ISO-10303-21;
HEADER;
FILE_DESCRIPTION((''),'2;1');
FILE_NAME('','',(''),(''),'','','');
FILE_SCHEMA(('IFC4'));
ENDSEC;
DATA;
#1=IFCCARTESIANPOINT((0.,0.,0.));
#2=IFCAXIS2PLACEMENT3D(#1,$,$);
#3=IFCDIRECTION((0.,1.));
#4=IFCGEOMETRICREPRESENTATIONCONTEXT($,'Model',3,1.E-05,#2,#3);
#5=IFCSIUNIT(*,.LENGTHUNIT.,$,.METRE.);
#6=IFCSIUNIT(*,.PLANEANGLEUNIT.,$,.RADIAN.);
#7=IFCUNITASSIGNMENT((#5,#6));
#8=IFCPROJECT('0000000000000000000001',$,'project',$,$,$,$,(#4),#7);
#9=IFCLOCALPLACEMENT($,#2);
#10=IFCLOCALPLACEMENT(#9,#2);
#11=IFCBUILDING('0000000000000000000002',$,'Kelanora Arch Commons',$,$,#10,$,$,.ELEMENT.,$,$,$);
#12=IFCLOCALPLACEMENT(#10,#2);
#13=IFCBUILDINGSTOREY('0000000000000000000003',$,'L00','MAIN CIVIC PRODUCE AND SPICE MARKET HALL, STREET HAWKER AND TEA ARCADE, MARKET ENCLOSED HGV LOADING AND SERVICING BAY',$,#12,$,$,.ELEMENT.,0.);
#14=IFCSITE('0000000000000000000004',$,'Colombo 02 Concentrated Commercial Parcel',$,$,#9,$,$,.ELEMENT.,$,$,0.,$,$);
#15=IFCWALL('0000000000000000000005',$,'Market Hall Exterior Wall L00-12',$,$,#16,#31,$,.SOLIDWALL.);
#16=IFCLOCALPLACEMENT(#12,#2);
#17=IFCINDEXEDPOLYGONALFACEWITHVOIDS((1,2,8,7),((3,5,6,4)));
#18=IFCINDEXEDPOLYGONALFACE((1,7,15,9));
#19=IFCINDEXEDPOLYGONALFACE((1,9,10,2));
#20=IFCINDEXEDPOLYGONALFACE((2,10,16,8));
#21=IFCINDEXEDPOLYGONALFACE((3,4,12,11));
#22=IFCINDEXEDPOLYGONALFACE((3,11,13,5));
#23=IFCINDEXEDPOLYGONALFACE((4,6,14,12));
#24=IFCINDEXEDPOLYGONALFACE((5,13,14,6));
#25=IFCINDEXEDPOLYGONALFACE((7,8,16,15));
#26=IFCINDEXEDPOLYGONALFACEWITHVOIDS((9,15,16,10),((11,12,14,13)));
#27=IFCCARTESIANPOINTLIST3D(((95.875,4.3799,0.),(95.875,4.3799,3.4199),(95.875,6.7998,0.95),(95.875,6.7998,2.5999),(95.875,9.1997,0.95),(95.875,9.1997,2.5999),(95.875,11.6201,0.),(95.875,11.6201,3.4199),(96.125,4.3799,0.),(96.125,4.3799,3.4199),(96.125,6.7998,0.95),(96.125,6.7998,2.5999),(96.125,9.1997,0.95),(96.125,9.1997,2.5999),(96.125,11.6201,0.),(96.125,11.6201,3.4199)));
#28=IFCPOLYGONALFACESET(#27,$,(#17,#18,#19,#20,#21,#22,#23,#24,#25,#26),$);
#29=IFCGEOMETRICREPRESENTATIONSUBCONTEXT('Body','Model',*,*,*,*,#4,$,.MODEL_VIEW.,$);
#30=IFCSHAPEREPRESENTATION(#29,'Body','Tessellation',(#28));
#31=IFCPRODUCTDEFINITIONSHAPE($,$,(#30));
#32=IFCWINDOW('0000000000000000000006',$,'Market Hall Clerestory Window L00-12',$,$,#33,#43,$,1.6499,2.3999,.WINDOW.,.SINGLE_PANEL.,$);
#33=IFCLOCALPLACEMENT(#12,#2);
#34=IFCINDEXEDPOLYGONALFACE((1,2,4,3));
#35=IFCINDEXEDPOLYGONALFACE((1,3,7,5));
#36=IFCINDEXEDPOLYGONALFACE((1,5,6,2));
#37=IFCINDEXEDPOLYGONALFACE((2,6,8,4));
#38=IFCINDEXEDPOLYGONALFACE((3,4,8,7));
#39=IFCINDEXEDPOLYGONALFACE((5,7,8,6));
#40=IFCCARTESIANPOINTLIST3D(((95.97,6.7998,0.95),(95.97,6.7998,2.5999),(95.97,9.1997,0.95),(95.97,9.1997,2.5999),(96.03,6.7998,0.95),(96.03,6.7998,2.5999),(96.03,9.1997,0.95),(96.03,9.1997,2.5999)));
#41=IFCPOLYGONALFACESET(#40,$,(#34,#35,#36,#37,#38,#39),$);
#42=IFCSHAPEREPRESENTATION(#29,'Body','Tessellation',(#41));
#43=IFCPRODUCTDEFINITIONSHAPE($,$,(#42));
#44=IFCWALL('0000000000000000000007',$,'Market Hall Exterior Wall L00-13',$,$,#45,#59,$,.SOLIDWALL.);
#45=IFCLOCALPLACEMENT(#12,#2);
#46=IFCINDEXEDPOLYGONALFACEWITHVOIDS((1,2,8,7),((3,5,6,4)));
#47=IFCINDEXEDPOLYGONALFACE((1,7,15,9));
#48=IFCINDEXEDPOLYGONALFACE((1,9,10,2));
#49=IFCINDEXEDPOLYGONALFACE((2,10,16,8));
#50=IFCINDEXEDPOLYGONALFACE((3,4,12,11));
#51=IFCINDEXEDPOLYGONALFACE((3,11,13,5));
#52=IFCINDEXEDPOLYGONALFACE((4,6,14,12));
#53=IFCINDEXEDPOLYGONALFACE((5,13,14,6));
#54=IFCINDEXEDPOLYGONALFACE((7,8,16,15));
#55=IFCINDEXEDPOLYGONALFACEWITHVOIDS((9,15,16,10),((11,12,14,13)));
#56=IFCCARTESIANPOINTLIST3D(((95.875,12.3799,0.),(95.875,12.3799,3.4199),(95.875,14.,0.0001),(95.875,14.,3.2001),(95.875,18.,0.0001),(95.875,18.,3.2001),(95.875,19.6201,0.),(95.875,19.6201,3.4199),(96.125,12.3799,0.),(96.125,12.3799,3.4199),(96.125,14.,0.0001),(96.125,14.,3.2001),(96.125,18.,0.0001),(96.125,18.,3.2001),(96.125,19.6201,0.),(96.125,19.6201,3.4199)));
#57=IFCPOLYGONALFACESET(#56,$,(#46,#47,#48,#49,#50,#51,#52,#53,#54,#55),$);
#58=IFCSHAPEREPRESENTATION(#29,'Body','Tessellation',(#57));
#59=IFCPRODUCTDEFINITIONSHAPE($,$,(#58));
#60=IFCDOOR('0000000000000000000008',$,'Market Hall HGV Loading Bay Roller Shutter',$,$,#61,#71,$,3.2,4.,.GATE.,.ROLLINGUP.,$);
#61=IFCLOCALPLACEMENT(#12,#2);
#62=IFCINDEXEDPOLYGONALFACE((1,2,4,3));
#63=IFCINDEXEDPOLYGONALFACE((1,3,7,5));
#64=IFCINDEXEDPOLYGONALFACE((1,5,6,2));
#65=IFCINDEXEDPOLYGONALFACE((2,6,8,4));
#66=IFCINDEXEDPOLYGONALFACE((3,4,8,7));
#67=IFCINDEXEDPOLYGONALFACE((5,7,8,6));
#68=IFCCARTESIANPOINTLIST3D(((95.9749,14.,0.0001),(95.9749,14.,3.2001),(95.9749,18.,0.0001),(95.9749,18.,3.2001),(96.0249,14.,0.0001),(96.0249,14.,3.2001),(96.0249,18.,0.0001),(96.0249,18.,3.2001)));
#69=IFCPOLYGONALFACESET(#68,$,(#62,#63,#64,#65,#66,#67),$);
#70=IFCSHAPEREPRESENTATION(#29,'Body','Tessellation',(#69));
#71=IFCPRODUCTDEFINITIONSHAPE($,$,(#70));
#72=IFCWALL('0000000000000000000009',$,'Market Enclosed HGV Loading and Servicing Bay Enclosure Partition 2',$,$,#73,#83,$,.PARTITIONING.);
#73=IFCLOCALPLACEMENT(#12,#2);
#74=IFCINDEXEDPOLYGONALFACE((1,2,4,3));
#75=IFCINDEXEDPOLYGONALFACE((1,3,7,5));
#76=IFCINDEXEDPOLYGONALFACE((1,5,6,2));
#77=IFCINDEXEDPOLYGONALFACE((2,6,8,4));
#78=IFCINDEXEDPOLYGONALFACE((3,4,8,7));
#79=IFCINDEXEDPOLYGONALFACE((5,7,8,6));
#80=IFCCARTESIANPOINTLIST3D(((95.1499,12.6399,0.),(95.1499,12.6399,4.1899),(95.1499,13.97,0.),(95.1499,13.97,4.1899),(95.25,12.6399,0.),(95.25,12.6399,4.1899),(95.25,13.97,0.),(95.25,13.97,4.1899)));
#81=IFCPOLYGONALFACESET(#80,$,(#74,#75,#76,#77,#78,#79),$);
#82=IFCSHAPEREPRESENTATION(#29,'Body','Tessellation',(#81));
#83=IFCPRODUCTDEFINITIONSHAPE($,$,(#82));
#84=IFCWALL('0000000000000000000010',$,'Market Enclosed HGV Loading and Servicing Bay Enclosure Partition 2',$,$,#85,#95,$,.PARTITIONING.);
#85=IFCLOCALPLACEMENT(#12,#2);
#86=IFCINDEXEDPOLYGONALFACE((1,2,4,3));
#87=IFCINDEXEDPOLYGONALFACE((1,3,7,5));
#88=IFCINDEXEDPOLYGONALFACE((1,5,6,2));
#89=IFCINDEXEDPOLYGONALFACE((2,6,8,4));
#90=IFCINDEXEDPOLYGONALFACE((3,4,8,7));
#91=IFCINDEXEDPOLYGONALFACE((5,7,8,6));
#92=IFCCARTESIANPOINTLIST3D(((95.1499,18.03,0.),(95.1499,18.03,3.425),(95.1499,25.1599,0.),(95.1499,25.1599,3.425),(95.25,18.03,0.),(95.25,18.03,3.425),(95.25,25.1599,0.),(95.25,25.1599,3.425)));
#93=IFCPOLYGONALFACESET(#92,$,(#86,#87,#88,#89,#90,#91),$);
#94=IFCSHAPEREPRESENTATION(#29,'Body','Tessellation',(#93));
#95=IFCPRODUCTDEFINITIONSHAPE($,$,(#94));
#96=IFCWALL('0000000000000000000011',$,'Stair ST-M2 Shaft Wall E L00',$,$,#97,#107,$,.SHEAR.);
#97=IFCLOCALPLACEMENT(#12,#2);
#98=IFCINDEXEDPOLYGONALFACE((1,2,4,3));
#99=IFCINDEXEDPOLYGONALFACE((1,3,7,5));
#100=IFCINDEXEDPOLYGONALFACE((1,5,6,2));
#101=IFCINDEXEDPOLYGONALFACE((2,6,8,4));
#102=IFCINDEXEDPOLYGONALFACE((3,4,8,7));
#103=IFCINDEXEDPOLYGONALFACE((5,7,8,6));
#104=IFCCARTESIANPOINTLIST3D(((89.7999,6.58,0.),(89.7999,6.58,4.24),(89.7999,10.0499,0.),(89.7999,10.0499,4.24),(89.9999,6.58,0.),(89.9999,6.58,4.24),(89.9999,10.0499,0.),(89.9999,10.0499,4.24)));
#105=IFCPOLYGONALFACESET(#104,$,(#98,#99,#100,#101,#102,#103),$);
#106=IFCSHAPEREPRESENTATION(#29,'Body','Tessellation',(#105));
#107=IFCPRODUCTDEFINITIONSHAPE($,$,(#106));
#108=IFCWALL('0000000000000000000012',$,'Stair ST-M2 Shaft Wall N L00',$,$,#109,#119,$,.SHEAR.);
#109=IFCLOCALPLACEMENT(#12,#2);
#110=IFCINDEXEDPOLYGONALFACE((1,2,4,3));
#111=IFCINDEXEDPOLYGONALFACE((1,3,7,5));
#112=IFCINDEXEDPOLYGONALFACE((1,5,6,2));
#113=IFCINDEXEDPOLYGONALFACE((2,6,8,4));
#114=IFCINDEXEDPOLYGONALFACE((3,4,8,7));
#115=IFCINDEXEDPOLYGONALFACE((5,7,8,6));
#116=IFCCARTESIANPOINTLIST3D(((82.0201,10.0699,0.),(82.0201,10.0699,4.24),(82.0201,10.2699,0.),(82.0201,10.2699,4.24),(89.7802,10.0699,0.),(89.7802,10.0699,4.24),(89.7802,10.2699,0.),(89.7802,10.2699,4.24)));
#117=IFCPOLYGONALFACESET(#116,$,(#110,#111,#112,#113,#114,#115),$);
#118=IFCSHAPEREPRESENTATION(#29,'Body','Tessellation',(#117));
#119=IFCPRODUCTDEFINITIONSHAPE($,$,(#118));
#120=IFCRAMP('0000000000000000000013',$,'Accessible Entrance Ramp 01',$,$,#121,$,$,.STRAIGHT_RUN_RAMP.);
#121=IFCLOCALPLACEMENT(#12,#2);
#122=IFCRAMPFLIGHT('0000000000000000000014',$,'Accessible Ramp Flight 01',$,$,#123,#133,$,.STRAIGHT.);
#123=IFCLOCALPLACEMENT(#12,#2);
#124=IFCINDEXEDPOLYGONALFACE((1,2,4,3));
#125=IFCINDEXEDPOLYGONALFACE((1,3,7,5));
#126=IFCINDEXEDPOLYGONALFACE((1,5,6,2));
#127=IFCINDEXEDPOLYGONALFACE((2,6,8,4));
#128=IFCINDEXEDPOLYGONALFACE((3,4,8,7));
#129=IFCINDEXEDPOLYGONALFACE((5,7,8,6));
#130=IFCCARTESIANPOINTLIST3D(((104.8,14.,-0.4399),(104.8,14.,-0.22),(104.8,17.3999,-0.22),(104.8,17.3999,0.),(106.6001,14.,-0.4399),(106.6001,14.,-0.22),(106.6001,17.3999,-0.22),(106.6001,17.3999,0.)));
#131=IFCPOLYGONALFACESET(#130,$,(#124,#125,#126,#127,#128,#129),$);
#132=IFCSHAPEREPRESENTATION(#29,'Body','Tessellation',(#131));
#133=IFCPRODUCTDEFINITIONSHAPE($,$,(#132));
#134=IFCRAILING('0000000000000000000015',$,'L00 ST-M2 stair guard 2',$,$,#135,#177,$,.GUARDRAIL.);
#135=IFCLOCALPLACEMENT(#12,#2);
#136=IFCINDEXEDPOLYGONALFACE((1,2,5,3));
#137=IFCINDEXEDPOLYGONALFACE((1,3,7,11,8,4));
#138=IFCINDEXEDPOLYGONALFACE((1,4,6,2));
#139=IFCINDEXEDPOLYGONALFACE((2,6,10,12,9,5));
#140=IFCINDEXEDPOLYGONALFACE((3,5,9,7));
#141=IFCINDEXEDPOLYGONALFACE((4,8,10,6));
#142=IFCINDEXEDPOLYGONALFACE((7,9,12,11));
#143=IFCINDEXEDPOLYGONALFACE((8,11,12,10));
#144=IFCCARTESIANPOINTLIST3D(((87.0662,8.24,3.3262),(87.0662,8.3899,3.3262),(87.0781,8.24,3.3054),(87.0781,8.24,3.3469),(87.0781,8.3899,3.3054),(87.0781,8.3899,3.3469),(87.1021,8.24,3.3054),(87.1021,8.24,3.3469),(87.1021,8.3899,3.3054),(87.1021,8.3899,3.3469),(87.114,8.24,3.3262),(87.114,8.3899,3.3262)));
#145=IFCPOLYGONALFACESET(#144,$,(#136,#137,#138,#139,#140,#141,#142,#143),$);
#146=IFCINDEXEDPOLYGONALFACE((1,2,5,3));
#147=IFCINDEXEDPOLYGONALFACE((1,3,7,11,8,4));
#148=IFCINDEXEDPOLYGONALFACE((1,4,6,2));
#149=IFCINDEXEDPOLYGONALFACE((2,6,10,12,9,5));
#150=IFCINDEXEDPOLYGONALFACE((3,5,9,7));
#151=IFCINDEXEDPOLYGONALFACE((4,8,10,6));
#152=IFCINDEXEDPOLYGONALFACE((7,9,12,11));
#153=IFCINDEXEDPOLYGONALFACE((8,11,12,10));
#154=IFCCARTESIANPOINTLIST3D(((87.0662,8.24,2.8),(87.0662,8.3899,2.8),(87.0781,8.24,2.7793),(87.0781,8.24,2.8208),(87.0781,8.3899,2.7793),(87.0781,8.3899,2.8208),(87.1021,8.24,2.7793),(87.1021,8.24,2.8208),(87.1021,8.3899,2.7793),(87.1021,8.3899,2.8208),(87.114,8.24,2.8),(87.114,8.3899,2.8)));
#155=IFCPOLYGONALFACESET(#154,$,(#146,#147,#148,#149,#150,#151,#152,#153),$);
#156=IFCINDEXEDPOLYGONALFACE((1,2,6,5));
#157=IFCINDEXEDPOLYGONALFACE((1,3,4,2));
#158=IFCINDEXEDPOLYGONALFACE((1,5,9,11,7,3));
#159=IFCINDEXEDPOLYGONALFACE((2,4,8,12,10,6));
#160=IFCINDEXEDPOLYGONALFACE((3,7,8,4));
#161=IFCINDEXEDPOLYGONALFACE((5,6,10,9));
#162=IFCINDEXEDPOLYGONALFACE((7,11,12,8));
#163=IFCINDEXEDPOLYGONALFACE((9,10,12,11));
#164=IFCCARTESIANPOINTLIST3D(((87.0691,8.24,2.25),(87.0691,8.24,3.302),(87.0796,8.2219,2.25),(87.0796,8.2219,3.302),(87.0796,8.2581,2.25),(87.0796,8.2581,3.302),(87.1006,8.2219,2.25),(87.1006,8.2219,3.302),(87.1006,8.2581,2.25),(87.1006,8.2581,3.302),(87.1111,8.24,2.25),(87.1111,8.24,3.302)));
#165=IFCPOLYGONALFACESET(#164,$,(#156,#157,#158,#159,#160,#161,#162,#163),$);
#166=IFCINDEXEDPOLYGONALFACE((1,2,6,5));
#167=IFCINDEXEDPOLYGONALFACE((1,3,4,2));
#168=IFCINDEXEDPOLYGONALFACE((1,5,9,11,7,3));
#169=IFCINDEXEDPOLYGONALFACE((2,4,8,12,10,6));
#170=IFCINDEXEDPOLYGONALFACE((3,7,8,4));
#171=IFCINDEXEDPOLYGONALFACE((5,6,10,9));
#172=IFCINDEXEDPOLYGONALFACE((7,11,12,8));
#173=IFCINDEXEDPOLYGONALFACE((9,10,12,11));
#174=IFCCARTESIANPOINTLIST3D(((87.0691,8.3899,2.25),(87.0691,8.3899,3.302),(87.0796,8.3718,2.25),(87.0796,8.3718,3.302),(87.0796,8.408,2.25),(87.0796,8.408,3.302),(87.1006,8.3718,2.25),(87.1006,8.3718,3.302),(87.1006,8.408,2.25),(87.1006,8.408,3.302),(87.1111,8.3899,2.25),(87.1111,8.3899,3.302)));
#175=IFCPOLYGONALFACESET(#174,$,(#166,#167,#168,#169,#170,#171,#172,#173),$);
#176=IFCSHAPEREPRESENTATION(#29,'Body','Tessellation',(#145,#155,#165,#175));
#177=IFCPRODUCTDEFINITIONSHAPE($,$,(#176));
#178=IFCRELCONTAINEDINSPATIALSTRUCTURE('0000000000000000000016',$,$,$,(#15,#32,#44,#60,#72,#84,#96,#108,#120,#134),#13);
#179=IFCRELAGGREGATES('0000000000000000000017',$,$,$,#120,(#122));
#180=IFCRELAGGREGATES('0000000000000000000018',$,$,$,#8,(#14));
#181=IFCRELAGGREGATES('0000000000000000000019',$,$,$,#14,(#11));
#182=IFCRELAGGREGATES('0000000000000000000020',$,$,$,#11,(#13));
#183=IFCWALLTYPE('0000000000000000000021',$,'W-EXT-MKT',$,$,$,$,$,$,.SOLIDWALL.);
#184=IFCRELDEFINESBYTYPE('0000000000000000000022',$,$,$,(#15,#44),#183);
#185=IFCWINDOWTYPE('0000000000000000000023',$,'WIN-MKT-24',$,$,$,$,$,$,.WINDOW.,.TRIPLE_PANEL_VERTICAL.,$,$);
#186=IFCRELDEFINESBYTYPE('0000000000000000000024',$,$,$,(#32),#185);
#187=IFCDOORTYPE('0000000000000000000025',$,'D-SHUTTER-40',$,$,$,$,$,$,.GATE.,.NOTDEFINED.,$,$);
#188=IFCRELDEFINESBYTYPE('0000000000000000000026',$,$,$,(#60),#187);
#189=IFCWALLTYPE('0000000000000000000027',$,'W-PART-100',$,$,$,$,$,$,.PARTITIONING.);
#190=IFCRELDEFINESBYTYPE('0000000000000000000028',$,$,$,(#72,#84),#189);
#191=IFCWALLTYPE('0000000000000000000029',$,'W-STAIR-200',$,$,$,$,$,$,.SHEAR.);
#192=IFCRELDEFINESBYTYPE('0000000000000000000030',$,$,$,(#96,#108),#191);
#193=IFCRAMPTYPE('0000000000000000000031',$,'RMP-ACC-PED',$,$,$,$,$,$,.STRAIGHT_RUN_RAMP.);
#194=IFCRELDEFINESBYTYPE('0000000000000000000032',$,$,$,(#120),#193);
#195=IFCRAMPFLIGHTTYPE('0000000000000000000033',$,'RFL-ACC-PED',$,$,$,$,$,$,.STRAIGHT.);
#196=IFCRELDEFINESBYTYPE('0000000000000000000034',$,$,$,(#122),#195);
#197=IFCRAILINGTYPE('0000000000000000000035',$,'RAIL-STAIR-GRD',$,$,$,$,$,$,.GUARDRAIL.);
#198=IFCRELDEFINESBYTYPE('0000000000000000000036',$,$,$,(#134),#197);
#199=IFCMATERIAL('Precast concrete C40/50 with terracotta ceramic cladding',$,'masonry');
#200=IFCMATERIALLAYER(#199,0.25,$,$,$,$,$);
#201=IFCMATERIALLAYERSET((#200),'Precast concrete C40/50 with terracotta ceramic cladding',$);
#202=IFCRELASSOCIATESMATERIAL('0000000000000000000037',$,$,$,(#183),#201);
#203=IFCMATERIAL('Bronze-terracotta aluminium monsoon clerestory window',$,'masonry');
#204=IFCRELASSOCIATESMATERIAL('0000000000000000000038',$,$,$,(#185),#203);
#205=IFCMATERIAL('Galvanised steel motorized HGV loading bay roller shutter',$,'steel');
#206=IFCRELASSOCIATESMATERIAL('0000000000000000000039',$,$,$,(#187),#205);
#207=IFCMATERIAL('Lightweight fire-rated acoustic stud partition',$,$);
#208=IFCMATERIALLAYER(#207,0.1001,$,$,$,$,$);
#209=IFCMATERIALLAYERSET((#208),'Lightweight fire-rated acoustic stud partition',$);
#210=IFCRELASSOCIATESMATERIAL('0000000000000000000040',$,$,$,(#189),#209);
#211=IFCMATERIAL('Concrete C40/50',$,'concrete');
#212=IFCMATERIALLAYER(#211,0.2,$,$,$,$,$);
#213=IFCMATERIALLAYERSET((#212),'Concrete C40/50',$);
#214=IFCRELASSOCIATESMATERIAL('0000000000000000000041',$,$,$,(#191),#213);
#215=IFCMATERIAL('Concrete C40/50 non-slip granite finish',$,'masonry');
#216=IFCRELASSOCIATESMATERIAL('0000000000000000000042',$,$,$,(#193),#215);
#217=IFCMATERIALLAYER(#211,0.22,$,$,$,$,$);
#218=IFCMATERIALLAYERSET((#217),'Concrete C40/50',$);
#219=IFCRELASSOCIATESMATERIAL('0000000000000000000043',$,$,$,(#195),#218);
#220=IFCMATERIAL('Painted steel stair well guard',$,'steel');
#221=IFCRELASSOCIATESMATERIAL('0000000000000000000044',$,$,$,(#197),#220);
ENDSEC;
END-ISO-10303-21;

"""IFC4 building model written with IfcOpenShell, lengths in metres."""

from ifc_helpers import new_model, si_unit, direction, frame, frame_2d, origin, place, context, subcontext, project, spatial, polyline, rectangle, outline, extrude, material, layer, layer_set, type_object, element, fill, aggregate, save


model = new_model("IFC4")

# Units and contexts
model_context = context("Model", 3, precision=1e-05, world=origin(), true_north=direction((0.0, 1.0)))
body_context = subcontext(model_context, "Body", "Model", "MODEL_VIEW")
ifc_project = project(units=[si_unit("LENGTHUNIT", "METRE"), si_unit("PLANEANGLEUNIT", "RADIAN")], contexts=[model_context])

# Site, building, storey
site_placement = place(None, origin())
site = spatial("IfcSite", under=ifc_project, at=site_placement, Name="Colombo 02 Concentrated Commercial Parcel", CompositionType="ELEMENT", RefElevation=0.0)
building_placement = place(site_placement, origin())
building = spatial("IfcBuilding", under=site, at=building_placement, Name="Kelanora Arch Commons", CompositionType="ELEMENT")
storey_placement = place(building_placement, origin())
storey = spatial("IfcBuildingStorey", under=building, at=storey_placement, Name="L00", Description="MAIN CIVIC PRODUCE AND SPICE MARKET HALL, STREET HAWKER AND TEA ARCADE, MARKET ENCLOSED HGV LOADING AND SERVICING BAY", CompositionType="ELEMENT", Elevation=0.0)

# Shared definitions
ifc_material_1 = material(Name="Concrete C40/50", Category="concrete")

# Wall, opening, window
ifc_material_2 = material(Name="Precast concrete C40/50 with terracotta ceramic cladding", Category="masonry")
ifc_layer_1 = layer(ifc_material_2, 0.25)
ifc_layer_set_1 = layer_set([ifc_layer_1], Name="Precast concrete C40/50 with terracotta ceramic cladding")
wall_type_1 = type_object("IfcWallType", Name="W-EXT-MKT", PredefinedType="SOLIDWALL", material=ifc_layer_set_1)
ifc_material_3 = material(Name="Bronze-terracotta aluminium monsoon clerestory window", Category="masonry")
window_type = type_object("IfcWindowType", Name="WIN-MKT-24", PartitioningType="TRIPLE_PANEL_VERTICAL", PredefinedType="WINDOW", material=ifc_material_3)
wall_1_placement = place(storey_placement, frame((96.0, 4.3799, 0.0), z_axis=(0.0, 0.0, 1.0), x_axis=(0.0, 1.0, 0.0)))
wall_1 = element("IfcWall", 1, at=wall_1_placement, inside=storey, type_object=wall_type_1, Name="Market Hall Exterior Wall L00-12", PredefinedType="SOLIDWALL", context=body_context, shape_type="SweptSolid", body=[
    extrude(rectangle(XDim=7.2402, YDim=0.25, at=frame_2d((3.6201, 0.0))), origin(), (0.0, 0.0, 1.0), 3.4199),
])
opening_1_placement = place(wall_1_placement, frame((2.4199, 0.0, 0.95)))
opening_1 = element("IfcOpeningElement", 2, at=opening_1_placement, cuts=wall_1, PredefinedType="OPENING", context=body_context, shape_type="SweptSolid", body=[
    extrude(rectangle(XDim=2.3999, YDim=1.6499, at=frame_2d((1.2, 0.825))), frame((0.0, 0.135, 0.0), z_axis=(0.0, -1.0, 0.0), x_axis=(1.0, 0.0, 0.0)), (0.0, 0.0, 1.0), 0.27),
])
window_1_placement = place(opening_1_placement, origin())
window_1 = element("IfcWindow", 3, at=window_1_placement, inside=storey, type_object=window_type, Name="Market Hall Clerestory Window L00-12", OverallHeight=1.6499, OverallWidth=2.3999, PartitioningType="SINGLE_PANEL", PredefinedType="WINDOW", context=body_context, shape_type="SweptSolid", body=[
    extrude(rectangle(XDim=2.3999, YDim=1.6499, at=frame_2d((1.2, 0.825))), frame((0.0, 0.03, 0.0), z_axis=(0.0, -1.0, 0.0), x_axis=(1.0, 0.0, 0.0)), (0.0, 0.0, 1.0), 0.0601),
])
fill(opening_1, window_1)

# Wall, opening, door
wall_2_placement = place(storey_placement, frame((96.0, 12.3799, 0.0), z_axis=(0.0, 0.0, 1.0), x_axis=(0.0, 1.0, 0.0)))
wall_2 = element("IfcWall", 4, at=wall_2_placement, inside=storey, type_object=wall_type_1, Name="Market Hall Exterior Wall L00-13", PredefinedType="SOLIDWALL", context=body_context, shape_type="SweptSolid", body=[
    extrude(rectangle(XDim=7.2402, YDim=0.25, at=frame_2d((3.6201, 0.0))), origin(), (0.0, 0.0, 1.0), 3.4199),
])
opening_2_placement = place(wall_2_placement, frame((1.6201, 0.0, 0.0)))
opening_2 = element("IfcOpeningElement", 5, at=opening_2_placement, cuts=wall_2, PredefinedType="OPENING", context=body_context, shape_type="SweptSolid", body=[
    extrude(rectangle(XDim=4.0, YDim=3.2, at=frame_2d((2.0, 1.6001))), frame((0.0, 0.135, 0.0), z_axis=(0.0, -1.0, 0.0), x_axis=(1.0, 0.0, 0.0)), (0.0, 0.0, 1.0), 0.27),
])
ifc_material_4 = material(Name="Galvanised steel motorized HGV loading bay roller shutter", Category="steel")
door_type = type_object("IfcDoorType", Name="D-SHUTTER-40", OperationType="NOTDEFINED", PredefinedType="GATE", material=ifc_material_4)
door_placement = place(opening_2_placement, frame((4.0, 0.0, 0.0), z_axis=(0.0, 0.0, 1.0), x_axis=(-1.0, 0.0, 0.0)))
door = element("IfcDoor", 6, at=door_placement, inside=storey, type_object=door_type, Name="Market Hall HGV Loading Bay Roller Shutter", OperationType="ROLLINGUP", OverallHeight=3.2, OverallWidth=4.0, PredefinedType="GATE", context=body_context, shape_type="SweptSolid", body=[
    extrude(rectangle(XDim=4.0, YDim=3.2, at=frame_2d((2.0, 1.6001))), frame((0.0, 0.0249, 0.0), z_axis=(0.0, -1.0, 0.0), x_axis=(1.0, 0.0, 0.0)), (0.0, 0.0, 1.0), 0.05),
])
fill(opening_2, door)

# Walls
ifc_material_5 = material(Name="Lightweight fire-rated acoustic stud partition")
ifc_layer_2 = layer(ifc_material_5, 0.1001)
ifc_layer_set_2 = layer_set([ifc_layer_2], Name="Lightweight fire-rated acoustic stud partition")
wall_type_2 = type_object("IfcWallType", Name="W-PART-100", PredefinedType="PARTITIONING", material=ifc_layer_set_2)
wall_3_placement = place(storey_placement, frame((95.2, 12.6399, 0.0), z_axis=(0.0, 0.0, 1.0), x_axis=(0.0, 1.0, 0.0)))
element("IfcWall", 7, at=wall_3_placement, inside=storey, type_object=wall_type_2, Name="Market Enclosed HGV Loading and Servicing Bay Enclosure Partition 2", PredefinedType="PARTITIONING", context=body_context, shape_type="SweptSolid", body=[
    extrude(rectangle(XDim=1.3301, YDim=0.1001, at=frame_2d((0.665, 0.0))), origin(), (0.0, 0.0, 1.0), 4.1899),
])
wall_4_placement = place(storey_placement, frame((95.2, 18.03, 0.0), z_axis=(0.0, 0.0, 1.0), x_axis=(0.0, 1.0, 0.0)))
element("IfcWall", 8, at=wall_4_placement, inside=storey, type_object=wall_type_2, Name="Market Enclosed HGV Loading and Servicing Bay Enclosure Partition 2", PredefinedType="PARTITIONING", context=body_context, shape_type="SweptSolid", body=[
    extrude(rectangle(XDim=7.1299, YDim=0.1001, at=frame_2d((3.5649, 0.0))), origin(), (0.0, 0.0, 1.0), 3.425),
])
ifc_layer_3 = layer(ifc_material_1, 0.2)
ifc_layer_set_3 = layer_set([ifc_layer_3], Name="Concrete C40/50")
wall_type_3 = type_object("IfcWallType", Name="W-STAIR-200", PredefinedType="SHEAR", material=ifc_layer_set_3)
wall_5_placement = place(storey_placement, frame((89.8999, 6.5801, 0.0), z_axis=(0.0, 0.0, 1.0), x_axis=(0.0, 1.0, 0.0)))
element("IfcWall", 9, at=wall_5_placement, inside=storey, type_object=wall_type_3, Name="Stair ST-M2 Shaft Wall E L00", PredefinedType="SHEAR", context=body_context, shape_type="SweptSolid", body=[
    extrude(rectangle(XDim=3.47, YDim=0.2, at=frame_2d((1.7349, 0.0))), origin(), (0.0, 0.0, 1.0), 4.24),
])
wall_6_placement = place(storey_placement, frame((89.78, 10.1699, 0.0), z_axis=(0.0, 0.0, 1.0), x_axis=(-1.0, 0.0, 0.0)))
element("IfcWall", 10, at=wall_6_placement, inside=storey, type_object=wall_type_3, Name="Stair ST-M2 Shaft Wall N L00", PredefinedType="SHEAR", context=body_context, shape_type="SweptSolid", body=[
    extrude(rectangle(XDim=7.76, YDim=0.2, at=frame_2d((3.8799, 0.0))), origin(), (0.0, 0.0, 1.0), 4.24),
])

# Ramp, ramp flight
ifc_material_6 = material(Name="Concrete C40/50 non-slip granite finish", Category="masonry")
ramp_type = type_object("IfcRampType", Name="RMP-ACC-PED", PredefinedType="STRAIGHT_RUN_RAMP", material=ifc_material_6)
ramp_placement = place(storey_placement, origin())
ramp = element("IfcRamp", 11, at=ramp_placement, inside=storey, type_object=ramp_type, Name="Accessible Entrance Ramp 01", PredefinedType="STRAIGHT_RUN_RAMP")
ifc_layer_4 = layer(ifc_material_1, 0.22)
ifc_layer_set_4 = layer_set([ifc_layer_4], Name="Concrete C40/50")
ramp_flight_type = type_object("IfcRampFlightType", Name="RFL-ACC-PED", PredefinedType="STRAIGHT", material=ifc_layer_set_4)
ramp_flight_placement = place(storey_placement, frame((105.7, 14.0, -0.22), z_axis=(0.0, 0.0, 1.0), x_axis=(0.0, 1.0, 0.0)))
ramp_flight = element("IfcRampFlight", 12, at=ramp_flight_placement, type_object=ramp_flight_type, Name="Accessible Ramp Flight 01", PredefinedType="STRAIGHT", context=body_context, shape_type="SweptSolid", body=[
    extrude(outline(polyline([(0.0, 0.0), (3.3999, 0.22), (3.3999, 0.0), (0.0, -0.22), (0.0, 0.0)])), frame((0.0, 0.8999, 0.0), z_axis=(0.0, -1.0, 0.0), x_axis=(1.0, 0.0, 0.0)), (0.0, 0.0, 1.0), 1.8),
])
aggregate(ramp, [ramp_flight])

# Railing
ifc_material_7 = material(Name="Painted steel stair well guard", Category="steel")
railing_type_1 = type_object("IfcRailingType", Name="RAIL-STAIR-GRD", PredefinedType="GUARDRAIL", material=ifc_material_7)
railing_1_placement = place(storey_placement, frame((87.0901, 8.24, 2.25)))
element("IfcRailing", 13, at=railing_1_placement, inside=storey, type_object=railing_type_1, Name="L00 ST-M2 stair guard 2", PredefinedType="GUARDRAIL", context=body_context, shape_type="SweptSolid", body=[
    extrude(outline(polyline([(0.0239, 0.0), (0.012, 0.0208), (-0.012, 0.0208), (-0.0239, 0.0), (-0.012, -0.0208), (0.012, -0.0208), (0.0239, 0.0)])), frame((0.0, 0.0, 1.0762), z_axis=(0.0, 1.0, 0.0), x_axis=(-1.0, 0.0, 0.0)), (0.0, 0.0, 1.0), 0.1499),
    extrude(outline(polyline([(0.0239, 0.0), (0.012, 0.0208), (-0.012, 0.0208), (-0.0239, 0.0), (-0.012, -0.0208), (0.012, -0.0208), (0.0239, 0.0)])), frame((0.0, 0.0, 0.55), z_axis=(0.0, 1.0, 0.0), x_axis=(-1.0, 0.0, 0.0)), (0.0, 0.0, 1.0), 0.1499),
    extrude(outline(polyline([(0.021, 0.0), (0.0105, 0.0181), (-0.0105, 0.0181), (-0.021, 0.0), (-0.0105, -0.0181), (0.0105, -0.0181), (0.021, 0.0)])), origin(), (0.0, 0.0, 1.0), 1.052),
    extrude(outline(polyline([(0.021, 0.0), (0.0105, 0.0181), (-0.0105, 0.0181), (-0.021, 0.0), (-0.0105, -0.0181), (0.0105, -0.0181), (0.021, 0.0)])), frame((0.0, 0.1499, 0.0)), (0.0, 0.0, 1.0), 1.052),
])

save(model, "model.ifc")
